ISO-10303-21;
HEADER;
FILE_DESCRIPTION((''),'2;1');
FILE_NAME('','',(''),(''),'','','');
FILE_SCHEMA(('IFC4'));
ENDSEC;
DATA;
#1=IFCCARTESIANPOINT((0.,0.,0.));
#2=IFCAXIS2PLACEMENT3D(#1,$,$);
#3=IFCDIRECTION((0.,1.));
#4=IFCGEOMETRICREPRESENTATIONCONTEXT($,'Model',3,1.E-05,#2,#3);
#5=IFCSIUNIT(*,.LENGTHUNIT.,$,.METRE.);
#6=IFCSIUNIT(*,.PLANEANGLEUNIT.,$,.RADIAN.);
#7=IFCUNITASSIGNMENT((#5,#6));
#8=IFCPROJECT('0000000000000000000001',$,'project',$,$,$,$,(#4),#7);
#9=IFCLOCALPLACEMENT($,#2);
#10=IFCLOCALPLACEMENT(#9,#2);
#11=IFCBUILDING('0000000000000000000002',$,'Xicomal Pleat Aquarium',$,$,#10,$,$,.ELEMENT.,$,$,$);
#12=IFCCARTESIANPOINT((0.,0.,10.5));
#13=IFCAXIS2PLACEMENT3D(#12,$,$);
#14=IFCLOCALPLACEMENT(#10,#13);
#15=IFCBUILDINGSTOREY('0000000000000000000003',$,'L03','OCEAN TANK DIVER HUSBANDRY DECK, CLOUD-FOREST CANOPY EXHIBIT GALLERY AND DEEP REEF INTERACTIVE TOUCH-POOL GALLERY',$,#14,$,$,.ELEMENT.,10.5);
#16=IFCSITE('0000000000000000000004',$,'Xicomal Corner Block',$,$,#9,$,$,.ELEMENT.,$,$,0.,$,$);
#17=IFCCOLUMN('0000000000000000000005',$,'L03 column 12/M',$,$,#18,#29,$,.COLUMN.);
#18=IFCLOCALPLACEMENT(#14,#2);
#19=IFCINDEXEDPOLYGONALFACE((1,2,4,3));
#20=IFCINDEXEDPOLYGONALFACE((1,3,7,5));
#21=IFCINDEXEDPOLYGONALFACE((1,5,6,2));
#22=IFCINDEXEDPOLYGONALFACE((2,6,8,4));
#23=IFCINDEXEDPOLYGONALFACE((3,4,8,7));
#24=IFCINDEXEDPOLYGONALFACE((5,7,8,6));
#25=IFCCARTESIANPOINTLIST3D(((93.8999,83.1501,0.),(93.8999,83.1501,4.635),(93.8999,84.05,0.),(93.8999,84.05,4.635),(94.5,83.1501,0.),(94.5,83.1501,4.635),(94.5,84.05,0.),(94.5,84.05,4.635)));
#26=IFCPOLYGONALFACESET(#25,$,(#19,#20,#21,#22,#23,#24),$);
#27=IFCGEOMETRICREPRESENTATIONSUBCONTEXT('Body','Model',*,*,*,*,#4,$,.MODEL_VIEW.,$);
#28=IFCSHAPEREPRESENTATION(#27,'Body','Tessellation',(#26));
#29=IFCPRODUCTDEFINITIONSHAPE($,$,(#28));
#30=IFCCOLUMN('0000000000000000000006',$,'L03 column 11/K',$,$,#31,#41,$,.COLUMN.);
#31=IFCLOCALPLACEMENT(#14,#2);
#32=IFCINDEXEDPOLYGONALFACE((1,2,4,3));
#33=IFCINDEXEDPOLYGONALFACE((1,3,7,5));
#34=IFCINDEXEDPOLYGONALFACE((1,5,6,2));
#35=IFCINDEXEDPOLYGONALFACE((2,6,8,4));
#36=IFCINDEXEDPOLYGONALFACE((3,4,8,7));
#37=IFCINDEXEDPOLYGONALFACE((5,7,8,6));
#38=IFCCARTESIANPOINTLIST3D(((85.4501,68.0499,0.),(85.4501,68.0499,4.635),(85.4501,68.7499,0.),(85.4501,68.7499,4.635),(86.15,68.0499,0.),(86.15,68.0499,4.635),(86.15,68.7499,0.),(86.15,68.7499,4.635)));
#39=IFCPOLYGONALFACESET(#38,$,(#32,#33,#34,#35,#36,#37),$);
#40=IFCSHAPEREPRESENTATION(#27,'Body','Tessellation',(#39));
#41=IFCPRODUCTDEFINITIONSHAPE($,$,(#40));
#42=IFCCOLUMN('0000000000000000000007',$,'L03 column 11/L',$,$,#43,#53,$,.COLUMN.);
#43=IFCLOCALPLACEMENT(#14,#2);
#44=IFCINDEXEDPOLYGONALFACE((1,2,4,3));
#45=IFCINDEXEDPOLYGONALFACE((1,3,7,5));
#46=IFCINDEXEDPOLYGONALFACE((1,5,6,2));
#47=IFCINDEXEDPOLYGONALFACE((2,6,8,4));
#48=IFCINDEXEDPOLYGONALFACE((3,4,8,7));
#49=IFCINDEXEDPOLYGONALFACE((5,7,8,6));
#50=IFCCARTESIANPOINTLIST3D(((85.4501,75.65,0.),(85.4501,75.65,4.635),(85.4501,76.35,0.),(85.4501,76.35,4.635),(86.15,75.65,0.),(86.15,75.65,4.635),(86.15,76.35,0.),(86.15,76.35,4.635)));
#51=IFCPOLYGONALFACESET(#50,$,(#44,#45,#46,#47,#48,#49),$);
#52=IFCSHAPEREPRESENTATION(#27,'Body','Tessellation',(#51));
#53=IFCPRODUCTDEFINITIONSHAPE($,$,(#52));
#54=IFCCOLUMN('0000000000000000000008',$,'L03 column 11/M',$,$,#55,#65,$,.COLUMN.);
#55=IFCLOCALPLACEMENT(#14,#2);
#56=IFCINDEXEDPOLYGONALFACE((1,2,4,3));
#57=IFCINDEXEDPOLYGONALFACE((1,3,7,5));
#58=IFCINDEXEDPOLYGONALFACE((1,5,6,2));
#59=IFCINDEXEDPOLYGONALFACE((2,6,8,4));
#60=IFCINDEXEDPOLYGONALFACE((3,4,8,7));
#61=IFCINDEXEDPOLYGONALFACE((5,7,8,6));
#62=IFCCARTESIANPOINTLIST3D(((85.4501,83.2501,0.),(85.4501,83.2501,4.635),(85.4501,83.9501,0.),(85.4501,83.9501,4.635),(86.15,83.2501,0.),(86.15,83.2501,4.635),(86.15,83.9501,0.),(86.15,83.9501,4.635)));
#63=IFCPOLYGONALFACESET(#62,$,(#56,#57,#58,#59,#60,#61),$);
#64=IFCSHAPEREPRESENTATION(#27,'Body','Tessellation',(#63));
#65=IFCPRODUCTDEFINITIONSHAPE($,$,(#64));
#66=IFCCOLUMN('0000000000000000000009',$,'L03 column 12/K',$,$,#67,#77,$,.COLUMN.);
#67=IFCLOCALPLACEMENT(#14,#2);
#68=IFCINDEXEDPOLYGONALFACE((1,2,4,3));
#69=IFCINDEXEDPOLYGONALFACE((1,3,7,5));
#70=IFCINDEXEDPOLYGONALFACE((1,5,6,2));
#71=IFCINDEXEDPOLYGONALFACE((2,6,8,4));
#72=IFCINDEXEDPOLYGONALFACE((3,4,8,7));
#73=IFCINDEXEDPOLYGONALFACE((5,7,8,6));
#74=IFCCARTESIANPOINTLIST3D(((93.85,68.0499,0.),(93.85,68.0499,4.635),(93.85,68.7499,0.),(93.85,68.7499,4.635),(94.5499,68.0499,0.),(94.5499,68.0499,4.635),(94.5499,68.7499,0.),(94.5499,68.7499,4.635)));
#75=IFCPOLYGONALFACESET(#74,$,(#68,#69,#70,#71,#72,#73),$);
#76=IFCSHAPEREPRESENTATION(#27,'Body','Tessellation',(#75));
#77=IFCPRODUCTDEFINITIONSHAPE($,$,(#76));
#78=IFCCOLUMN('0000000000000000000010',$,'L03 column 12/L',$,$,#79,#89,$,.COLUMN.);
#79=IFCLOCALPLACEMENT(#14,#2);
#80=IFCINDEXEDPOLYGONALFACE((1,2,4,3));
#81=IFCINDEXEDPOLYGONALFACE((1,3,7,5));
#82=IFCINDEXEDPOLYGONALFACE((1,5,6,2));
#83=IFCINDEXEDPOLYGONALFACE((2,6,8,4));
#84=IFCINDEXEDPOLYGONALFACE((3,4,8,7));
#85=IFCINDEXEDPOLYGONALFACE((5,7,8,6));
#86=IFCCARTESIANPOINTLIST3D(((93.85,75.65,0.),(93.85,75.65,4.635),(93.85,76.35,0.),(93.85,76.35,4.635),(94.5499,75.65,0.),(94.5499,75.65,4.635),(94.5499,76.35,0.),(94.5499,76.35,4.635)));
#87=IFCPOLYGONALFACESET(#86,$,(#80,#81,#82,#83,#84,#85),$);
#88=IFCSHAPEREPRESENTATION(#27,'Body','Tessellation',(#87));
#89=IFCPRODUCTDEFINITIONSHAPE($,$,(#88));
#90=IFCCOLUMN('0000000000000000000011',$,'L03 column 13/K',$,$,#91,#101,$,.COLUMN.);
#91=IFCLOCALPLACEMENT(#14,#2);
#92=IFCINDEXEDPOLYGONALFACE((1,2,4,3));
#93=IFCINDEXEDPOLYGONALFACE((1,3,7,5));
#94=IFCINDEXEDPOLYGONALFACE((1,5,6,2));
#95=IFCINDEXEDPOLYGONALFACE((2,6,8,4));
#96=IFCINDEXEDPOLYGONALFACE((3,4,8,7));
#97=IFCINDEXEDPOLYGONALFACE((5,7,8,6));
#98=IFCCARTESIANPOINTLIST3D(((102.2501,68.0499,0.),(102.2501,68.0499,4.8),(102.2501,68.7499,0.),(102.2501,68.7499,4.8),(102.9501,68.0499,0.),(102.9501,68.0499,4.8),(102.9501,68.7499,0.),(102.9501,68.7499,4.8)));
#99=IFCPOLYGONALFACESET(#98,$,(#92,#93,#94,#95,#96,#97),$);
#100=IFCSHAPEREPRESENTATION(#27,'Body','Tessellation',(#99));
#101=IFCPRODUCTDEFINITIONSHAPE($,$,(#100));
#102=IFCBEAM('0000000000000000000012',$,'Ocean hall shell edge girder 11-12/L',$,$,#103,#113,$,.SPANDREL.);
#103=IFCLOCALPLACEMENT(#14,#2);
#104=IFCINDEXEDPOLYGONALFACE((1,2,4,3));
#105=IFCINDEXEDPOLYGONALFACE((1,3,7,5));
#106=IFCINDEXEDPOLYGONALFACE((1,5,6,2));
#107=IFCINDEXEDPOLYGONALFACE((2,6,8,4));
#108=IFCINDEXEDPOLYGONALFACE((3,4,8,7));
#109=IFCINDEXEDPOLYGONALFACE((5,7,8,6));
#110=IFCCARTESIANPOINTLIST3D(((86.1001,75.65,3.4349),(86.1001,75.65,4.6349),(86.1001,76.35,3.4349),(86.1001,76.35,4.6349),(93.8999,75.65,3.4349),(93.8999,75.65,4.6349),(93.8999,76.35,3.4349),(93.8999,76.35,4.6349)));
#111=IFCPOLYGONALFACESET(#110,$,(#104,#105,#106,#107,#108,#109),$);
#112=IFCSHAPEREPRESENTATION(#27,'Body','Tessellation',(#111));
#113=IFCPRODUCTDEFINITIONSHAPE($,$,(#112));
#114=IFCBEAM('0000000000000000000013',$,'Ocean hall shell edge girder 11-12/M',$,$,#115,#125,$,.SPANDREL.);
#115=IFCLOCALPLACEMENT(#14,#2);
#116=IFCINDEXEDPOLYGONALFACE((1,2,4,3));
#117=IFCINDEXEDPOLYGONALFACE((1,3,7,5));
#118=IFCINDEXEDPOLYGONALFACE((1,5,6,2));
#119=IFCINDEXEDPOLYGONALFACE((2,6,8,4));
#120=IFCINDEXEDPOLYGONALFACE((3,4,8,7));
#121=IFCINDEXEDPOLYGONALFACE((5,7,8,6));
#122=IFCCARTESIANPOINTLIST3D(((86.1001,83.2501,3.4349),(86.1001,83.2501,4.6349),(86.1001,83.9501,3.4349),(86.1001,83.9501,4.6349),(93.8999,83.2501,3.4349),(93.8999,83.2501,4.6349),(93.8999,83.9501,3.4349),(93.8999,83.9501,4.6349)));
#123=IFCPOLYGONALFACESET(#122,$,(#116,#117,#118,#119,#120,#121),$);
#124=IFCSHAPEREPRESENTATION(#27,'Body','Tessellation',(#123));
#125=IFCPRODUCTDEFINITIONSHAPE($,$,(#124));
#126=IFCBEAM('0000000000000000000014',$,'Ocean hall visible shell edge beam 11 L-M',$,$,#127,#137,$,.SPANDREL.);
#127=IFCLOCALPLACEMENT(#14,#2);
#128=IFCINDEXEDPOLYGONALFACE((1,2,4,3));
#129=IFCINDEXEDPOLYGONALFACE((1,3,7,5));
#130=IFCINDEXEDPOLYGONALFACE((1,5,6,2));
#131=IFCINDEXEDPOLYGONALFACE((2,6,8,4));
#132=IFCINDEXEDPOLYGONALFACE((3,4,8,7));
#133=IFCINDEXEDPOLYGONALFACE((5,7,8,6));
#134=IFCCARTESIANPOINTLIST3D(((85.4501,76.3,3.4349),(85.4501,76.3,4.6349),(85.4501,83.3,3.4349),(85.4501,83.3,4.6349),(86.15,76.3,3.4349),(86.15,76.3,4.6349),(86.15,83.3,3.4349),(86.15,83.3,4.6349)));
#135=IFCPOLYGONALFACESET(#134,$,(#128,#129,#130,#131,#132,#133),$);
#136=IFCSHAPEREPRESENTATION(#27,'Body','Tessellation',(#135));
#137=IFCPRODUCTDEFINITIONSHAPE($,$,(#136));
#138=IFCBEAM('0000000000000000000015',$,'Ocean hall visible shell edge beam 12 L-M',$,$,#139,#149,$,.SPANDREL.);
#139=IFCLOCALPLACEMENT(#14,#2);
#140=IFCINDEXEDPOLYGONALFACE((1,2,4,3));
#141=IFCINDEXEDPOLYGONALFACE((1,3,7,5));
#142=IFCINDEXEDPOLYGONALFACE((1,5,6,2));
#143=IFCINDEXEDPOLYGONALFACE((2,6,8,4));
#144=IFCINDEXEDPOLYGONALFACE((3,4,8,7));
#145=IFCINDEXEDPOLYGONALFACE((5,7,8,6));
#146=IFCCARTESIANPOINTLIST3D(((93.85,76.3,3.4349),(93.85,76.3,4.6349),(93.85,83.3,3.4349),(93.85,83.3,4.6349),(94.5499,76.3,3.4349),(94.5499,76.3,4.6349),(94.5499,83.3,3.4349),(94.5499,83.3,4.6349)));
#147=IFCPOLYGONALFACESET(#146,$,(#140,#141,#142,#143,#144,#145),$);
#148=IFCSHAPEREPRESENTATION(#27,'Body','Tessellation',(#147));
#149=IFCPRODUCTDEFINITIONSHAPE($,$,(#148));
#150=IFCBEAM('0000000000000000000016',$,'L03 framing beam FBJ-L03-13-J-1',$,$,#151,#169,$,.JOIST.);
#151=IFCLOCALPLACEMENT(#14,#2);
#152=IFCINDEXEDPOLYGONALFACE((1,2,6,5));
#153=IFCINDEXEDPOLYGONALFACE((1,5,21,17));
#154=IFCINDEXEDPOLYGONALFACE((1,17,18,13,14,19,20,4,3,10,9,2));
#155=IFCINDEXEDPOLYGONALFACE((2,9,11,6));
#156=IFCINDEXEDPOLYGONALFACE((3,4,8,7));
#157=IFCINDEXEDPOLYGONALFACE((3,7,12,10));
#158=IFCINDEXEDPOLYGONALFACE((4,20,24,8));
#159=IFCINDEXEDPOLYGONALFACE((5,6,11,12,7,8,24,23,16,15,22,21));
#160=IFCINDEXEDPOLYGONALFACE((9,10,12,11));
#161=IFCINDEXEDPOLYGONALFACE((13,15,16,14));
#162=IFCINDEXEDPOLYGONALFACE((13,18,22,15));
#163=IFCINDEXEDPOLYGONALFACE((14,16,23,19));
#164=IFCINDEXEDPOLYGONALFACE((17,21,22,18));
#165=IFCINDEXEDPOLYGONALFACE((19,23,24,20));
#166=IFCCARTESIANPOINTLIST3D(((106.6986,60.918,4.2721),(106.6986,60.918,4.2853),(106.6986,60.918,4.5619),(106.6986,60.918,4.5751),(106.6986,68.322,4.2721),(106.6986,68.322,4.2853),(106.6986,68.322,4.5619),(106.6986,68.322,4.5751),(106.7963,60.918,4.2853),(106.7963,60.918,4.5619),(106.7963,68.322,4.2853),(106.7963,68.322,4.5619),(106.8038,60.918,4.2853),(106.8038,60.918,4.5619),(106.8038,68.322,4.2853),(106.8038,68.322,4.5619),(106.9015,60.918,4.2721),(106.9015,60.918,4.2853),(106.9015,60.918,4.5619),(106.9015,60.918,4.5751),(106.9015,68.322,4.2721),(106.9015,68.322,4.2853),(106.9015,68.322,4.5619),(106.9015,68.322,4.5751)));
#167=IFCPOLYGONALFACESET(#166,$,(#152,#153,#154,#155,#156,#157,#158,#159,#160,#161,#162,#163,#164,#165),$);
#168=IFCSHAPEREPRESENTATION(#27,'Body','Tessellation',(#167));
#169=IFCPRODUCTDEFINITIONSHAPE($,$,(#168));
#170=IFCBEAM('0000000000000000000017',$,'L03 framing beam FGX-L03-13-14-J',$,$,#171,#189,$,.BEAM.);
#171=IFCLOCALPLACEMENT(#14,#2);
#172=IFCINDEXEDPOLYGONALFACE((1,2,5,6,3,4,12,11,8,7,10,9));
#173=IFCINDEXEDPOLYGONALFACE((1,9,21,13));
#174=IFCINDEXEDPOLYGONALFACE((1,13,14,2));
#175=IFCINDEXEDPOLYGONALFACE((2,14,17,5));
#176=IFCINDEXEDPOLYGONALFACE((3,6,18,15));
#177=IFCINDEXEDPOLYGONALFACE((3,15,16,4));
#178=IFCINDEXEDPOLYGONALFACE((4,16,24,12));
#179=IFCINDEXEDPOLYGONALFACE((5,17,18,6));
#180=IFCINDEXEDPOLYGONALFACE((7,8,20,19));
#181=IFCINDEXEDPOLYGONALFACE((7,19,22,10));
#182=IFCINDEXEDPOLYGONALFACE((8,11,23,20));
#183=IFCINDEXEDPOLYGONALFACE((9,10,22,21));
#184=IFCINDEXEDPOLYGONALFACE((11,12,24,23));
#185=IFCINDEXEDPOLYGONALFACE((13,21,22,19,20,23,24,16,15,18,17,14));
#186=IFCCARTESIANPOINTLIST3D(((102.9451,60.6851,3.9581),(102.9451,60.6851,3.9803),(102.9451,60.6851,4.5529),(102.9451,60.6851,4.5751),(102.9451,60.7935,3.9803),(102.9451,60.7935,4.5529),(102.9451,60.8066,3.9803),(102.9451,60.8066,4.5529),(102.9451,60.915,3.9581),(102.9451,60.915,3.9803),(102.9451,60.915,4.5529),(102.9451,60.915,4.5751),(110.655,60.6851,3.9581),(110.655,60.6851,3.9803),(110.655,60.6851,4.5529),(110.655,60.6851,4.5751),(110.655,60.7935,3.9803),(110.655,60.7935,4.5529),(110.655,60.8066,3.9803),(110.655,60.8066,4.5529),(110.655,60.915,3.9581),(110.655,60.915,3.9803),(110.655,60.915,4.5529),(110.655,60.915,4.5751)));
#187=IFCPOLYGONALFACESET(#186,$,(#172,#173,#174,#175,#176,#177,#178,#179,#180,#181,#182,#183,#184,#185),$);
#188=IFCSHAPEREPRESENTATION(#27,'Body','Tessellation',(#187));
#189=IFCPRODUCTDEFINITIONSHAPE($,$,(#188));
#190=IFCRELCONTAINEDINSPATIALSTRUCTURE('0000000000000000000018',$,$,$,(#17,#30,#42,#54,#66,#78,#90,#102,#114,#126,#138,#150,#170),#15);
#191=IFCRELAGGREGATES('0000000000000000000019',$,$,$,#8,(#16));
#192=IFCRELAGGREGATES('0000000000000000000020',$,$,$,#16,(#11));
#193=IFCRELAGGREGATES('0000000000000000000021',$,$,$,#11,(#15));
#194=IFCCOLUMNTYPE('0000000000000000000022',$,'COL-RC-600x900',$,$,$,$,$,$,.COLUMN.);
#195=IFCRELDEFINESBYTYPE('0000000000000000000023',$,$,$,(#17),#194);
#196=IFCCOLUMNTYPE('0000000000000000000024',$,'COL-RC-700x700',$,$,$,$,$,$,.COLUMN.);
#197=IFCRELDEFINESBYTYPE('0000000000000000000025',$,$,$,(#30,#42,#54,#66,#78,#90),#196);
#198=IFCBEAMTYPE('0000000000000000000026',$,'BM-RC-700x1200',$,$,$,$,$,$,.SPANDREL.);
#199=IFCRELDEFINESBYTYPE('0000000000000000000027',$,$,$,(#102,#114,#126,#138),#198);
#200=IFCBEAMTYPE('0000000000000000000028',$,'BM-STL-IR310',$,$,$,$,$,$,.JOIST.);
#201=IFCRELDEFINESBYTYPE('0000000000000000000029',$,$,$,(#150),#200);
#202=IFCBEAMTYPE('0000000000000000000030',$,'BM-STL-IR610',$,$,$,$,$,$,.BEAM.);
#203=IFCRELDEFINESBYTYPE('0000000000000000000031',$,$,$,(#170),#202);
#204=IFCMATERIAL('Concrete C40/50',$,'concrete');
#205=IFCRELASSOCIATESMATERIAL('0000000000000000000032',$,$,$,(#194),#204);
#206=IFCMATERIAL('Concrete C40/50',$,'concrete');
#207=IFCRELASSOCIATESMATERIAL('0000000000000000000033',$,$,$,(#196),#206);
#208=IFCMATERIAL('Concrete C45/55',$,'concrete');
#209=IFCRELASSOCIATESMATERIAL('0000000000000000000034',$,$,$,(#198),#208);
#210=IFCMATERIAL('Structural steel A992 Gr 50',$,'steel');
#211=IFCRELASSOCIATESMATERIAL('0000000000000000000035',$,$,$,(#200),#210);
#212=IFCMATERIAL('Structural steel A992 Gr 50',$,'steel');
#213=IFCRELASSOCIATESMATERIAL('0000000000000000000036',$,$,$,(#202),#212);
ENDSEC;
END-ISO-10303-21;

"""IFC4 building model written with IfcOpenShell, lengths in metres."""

from ifc_helpers import new_model, si_unit, direction, frame, origin, origin_2d, place, context, subcontext, project, spatial, rectangle, i_section, extrude, material, material_profile, profile_set, type_object, element, save


model = new_model("IFC4")

# Units and contexts
model_context = context("Model", 3, precision=1e-05, world=origin(), true_north=direction((0.0, 1.0)))
body_context = subcontext(model_context, "Body", "Model", "MODEL_VIEW")
ifc_project = project(units=[si_unit("LENGTHUNIT", "METRE"), si_unit("PLANEANGLEUNIT", "RADIAN")], contexts=[model_context])

# Site, building, storey
site_placement = place(None, origin())
site = spatial("IfcSite", under=ifc_project, at=site_placement, Name="Xicomal Corner Block", CompositionType="ELEMENT", RefElevation=0.0)
building_placement = place(site_placement, origin())
building = spatial("IfcBuilding", under=site, at=building_placement, Name="Xicomal Pleat Aquarium", CompositionType="ELEMENT")
storey_placement = place(building_placement, frame((0.0, 0.0, 10.5)))
storey = spatial("IfcBuildingStorey", under=building, at=storey_placement, Name="L03", Description="OCEAN TANK DIVER HUSBANDRY DECK, CLOUD-FOREST CANOPY EXHIBIT GALLERY AND DEEP REEF INTERACTIVE TOUCH-POOL GALLERY", CompositionType="ELEMENT", Elevation=10.5)

# Columns
ifc_material_1 = material(Name="Concrete C40/50", Category="concrete")
ifc_material_profile_1 = material_profile(ifc_material_1, rectangle(XDim=0.6001, YDim=0.8999, at=origin_2d()), Name="RC 600x900")
ifc_profile_set_1 = profile_set([ifc_material_profile_1], Name="Concrete C40/50")
column_type_1 = type_object("IfcColumnType", Name="COL-RC-600x900", PredefinedType="COLUMN", material=ifc_profile_set_1)
column_1_placement = place(storey_placement, frame((94.2, 83.6001, 0.0), z_axis=(0.0, 0.0, 1.0), x_axis=(1.0, 0.0, 0.0)))
element("IfcColumn", 1, at=column_1_placement, inside=storey, type_object=column_type_1, Name="L03 column 12/M", PredefinedType="COLUMN", context=body_context, shape_type="SweptSolid", body=[
    extrude(rectangle(XDim=0.6001, YDim=0.8999, at=origin_2d()), origin(), (0.0, 0.0, 1.0), 4.635),
])
ifc_material_2 = material(Name="Concrete C40/50", Category="concrete")
ifc_material_profile_2 = material_profile(ifc_material_2, rectangle(XDim=0.7, YDim=0.7, at=origin_2d()), Name="RC 700x700")
ifc_profile_set_2 = profile_set([ifc_material_profile_2], Name="Concrete C40/50")
column_type_2 = type_object("IfcColumnType", Name="COL-RC-700x700", PredefinedType="COLUMN", material=ifc_profile_set_2)
for number, where, z_axis, x_axis, name in (
    (2, (85.8, 68.3999, 0.0), (0.0, 0.0, 1.0), (1.0, 0.0, 0.0), "L03 column 11/K"),
    (3, (85.8, 76.0, 0.0), (0.0, 0.0, 1.0), (1.0, 0.0, 0.0), "L03 column 11/L"),
    (4, (85.8, 83.6001, 0.0), (0.0, 0.0, 1.0), (1.0, 0.0, 0.0), "L03 column 11/M"),
    (5, (94.2, 68.3999, 0.0), (0.0, 0.0, 1.0), (1.0, 0.0, 0.0), "L03 column 12/K"),
    (6, (94.2, 76.0, 0.0), (0.0, 0.0, 1.0), (1.0, 0.0, 0.0), "L03 column 12/L"),
):
    element("IfcColumn", number, at=place(storey_placement, frame(where, z_axis=z_axis, x_axis=x_axis)), inside=storey, type_object=column_type_2, Name=name, PredefinedType="COLUMN", context=body_context, shape_type="SweptSolid", body=[
        extrude(rectangle(XDim=0.7, YDim=0.7, at=origin_2d()), origin(), (0.0, 0.0, 1.0), 4.635),
    ])
column_2_placement = place(storey_placement, frame((102.6001, 68.3999, 0.0), z_axis=(0.0, 0.0, 1.0), x_axis=(1.0, 0.0, 0.0)))
element("IfcColumn", 7, at=column_2_placement, inside=storey, type_object=column_type_2, Name="L03 column 13/K", PredefinedType="COLUMN", context=body_context, shape_type="SweptSolid", body=[
    extrude(rectangle(XDim=0.7, YDim=0.7, at=origin_2d()), origin(), (0.0, 0.0, 1.0), 4.8),
])

# Beams
ifc_material_3 = material(Name="Concrete C45/55", Category="concrete")
ifc_material_profile_3 = material_profile(ifc_material_3, rectangle(XDim=0.7, YDim=1.2, at=origin_2d()), Name="RC 700x1200")
ifc_profile_set_3 = profile_set([ifc_material_profile_3], Name="Concrete C45/55")
beam_type_1 = type_object("IfcBeamType", Name="BM-RC-700x1200", PredefinedType="SPANDREL", material=ifc_profile_set_3)
for number, where, z_axis, x_axis, name in (
    (8, (86.1001, 76.0, 4.0349), (1.0, 0.0, 0.0), (0.0, 1.0, 0.0), "Ocean hall shell edge girder 11-12/L"),
    (9, (86.1001, 83.6001, 4.0349), (1.0, 0.0, 0.0), (0.0, 1.0, 0.0), "Ocean hall shell edge girder 11-12/M"),
):
    element("IfcBeam", number, at=place(storey_placement, frame(where, z_axis=z_axis, x_axis=x_axis)), inside=storey, type_object=beam_type_1, Name=name, PredefinedType="SPANDREL", context=body_context, shape_type="SweptSolid", body=[
        extrude(rectangle(XDim=0.7, YDim=1.2, at=origin_2d()), origin(), (0.0, 0.0, 1.0), 7.7998),
    ])
for number, where, z_axis, x_axis, name in (
    (10, (85.8, 76.3, 4.0349), (0.0, 1.0, 0.0), (-1.0, 0.0, 0.0), "Ocean hall visible shell edge beam 11 L-M"),
    (11, (94.2, 76.3, 4.0349), (0.0, 1.0, 0.0), (-1.0, 0.0, 0.0), "Ocean hall visible shell edge beam 12 L-M"),
):
    element("IfcBeam", number, at=place(storey_placement, frame(where, z_axis=z_axis, x_axis=x_axis)), inside=storey, type_object=beam_type_1, Name=name, PredefinedType="SPANDREL", context=body_context, shape_type="SweptSolid", body=[
        extrude(rectangle(XDim=0.7, YDim=1.2, at=origin_2d()), origin(), (0.0, 0.0, 1.0), 7.0),
    ])
ifc_material_4 = material(Name="Structural steel A992 Gr 50", Category="steel")
ifc_material_profile_4 = material_profile(ifc_material_4, i_section(OverallWidth=0.2029, OverallDepth=0.303, WebThickness=0.0076, FlangeThickness=0.0132, at=origin_2d()), Name="IR 310x60")
ifc_profile_set_4 = profile_set([ifc_material_profile_4], Name="Structural steel A992 Gr 50")
beam_type_2 = type_object("IfcBeamType", Name="BM-STL-IR310", PredefinedType="JOIST", material=ifc_profile_set_4)
beam_1_placement = place(storey_placement, frame((106.8, 60.918, 4.4236), z_axis=(0.0, 1.0, 0.0), x_axis=(-1.0, 0.0, 0.0)))
element("IfcBeam", 12, at=beam_1_placement, inside=storey, type_object=beam_type_2, Name="L03 framing beam FBJ-L03-13-J-1", PredefinedType="JOIST", context=body_context, shape_type="SweptSolid", body=[
    extrude(i_section(OverallWidth=0.2029, OverallDepth=0.303, WebThickness=0.0076, FlangeThickness=0.0132, at=origin_2d()), origin(), (0.0, 0.0, 1.0), 7.4041),
])
ifc_material_5 = material(Name="Structural steel A992 Gr 50", Category="steel")
ifc_material_profile_5 = material_profile(ifc_material_5, i_section(OverallWidth=0.23, OverallDepth=0.6169, WebThickness=0.0132, FlangeThickness=0.0222, at=origin_2d()), Name="IR 610x140")
ifc_profile_set_5 = profile_set([ifc_material_profile_5], Name="Structural steel A992 Gr 50")
beam_type_3 = type_object("IfcBeamType", Name="BM-STL-IR610", PredefinedType="BEAM", material=ifc_profile_set_5)
beam_2_placement = place(storey_placement, frame((102.9451, 60.8, 4.2666), z_axis=(1.0, 0.0, 0.0), x_axis=(0.0, 1.0, 0.0)))
element("IfcBeam", 13, at=beam_2_placement, inside=storey, type_object=beam_type_3, Name="L03 framing beam FGX-L03-13-14-J", PredefinedType="BEAM", context=body_context, shape_type="SweptSolid", body=[
    extrude(i_section(OverallWidth=0.23, OverallDepth=0.6169, WebThickness=0.0132, FlangeThickness=0.0222, at=origin_2d()), origin(), (0.0, 0.0, 1.0), 7.71),
])

save(model, "model.ifc")
